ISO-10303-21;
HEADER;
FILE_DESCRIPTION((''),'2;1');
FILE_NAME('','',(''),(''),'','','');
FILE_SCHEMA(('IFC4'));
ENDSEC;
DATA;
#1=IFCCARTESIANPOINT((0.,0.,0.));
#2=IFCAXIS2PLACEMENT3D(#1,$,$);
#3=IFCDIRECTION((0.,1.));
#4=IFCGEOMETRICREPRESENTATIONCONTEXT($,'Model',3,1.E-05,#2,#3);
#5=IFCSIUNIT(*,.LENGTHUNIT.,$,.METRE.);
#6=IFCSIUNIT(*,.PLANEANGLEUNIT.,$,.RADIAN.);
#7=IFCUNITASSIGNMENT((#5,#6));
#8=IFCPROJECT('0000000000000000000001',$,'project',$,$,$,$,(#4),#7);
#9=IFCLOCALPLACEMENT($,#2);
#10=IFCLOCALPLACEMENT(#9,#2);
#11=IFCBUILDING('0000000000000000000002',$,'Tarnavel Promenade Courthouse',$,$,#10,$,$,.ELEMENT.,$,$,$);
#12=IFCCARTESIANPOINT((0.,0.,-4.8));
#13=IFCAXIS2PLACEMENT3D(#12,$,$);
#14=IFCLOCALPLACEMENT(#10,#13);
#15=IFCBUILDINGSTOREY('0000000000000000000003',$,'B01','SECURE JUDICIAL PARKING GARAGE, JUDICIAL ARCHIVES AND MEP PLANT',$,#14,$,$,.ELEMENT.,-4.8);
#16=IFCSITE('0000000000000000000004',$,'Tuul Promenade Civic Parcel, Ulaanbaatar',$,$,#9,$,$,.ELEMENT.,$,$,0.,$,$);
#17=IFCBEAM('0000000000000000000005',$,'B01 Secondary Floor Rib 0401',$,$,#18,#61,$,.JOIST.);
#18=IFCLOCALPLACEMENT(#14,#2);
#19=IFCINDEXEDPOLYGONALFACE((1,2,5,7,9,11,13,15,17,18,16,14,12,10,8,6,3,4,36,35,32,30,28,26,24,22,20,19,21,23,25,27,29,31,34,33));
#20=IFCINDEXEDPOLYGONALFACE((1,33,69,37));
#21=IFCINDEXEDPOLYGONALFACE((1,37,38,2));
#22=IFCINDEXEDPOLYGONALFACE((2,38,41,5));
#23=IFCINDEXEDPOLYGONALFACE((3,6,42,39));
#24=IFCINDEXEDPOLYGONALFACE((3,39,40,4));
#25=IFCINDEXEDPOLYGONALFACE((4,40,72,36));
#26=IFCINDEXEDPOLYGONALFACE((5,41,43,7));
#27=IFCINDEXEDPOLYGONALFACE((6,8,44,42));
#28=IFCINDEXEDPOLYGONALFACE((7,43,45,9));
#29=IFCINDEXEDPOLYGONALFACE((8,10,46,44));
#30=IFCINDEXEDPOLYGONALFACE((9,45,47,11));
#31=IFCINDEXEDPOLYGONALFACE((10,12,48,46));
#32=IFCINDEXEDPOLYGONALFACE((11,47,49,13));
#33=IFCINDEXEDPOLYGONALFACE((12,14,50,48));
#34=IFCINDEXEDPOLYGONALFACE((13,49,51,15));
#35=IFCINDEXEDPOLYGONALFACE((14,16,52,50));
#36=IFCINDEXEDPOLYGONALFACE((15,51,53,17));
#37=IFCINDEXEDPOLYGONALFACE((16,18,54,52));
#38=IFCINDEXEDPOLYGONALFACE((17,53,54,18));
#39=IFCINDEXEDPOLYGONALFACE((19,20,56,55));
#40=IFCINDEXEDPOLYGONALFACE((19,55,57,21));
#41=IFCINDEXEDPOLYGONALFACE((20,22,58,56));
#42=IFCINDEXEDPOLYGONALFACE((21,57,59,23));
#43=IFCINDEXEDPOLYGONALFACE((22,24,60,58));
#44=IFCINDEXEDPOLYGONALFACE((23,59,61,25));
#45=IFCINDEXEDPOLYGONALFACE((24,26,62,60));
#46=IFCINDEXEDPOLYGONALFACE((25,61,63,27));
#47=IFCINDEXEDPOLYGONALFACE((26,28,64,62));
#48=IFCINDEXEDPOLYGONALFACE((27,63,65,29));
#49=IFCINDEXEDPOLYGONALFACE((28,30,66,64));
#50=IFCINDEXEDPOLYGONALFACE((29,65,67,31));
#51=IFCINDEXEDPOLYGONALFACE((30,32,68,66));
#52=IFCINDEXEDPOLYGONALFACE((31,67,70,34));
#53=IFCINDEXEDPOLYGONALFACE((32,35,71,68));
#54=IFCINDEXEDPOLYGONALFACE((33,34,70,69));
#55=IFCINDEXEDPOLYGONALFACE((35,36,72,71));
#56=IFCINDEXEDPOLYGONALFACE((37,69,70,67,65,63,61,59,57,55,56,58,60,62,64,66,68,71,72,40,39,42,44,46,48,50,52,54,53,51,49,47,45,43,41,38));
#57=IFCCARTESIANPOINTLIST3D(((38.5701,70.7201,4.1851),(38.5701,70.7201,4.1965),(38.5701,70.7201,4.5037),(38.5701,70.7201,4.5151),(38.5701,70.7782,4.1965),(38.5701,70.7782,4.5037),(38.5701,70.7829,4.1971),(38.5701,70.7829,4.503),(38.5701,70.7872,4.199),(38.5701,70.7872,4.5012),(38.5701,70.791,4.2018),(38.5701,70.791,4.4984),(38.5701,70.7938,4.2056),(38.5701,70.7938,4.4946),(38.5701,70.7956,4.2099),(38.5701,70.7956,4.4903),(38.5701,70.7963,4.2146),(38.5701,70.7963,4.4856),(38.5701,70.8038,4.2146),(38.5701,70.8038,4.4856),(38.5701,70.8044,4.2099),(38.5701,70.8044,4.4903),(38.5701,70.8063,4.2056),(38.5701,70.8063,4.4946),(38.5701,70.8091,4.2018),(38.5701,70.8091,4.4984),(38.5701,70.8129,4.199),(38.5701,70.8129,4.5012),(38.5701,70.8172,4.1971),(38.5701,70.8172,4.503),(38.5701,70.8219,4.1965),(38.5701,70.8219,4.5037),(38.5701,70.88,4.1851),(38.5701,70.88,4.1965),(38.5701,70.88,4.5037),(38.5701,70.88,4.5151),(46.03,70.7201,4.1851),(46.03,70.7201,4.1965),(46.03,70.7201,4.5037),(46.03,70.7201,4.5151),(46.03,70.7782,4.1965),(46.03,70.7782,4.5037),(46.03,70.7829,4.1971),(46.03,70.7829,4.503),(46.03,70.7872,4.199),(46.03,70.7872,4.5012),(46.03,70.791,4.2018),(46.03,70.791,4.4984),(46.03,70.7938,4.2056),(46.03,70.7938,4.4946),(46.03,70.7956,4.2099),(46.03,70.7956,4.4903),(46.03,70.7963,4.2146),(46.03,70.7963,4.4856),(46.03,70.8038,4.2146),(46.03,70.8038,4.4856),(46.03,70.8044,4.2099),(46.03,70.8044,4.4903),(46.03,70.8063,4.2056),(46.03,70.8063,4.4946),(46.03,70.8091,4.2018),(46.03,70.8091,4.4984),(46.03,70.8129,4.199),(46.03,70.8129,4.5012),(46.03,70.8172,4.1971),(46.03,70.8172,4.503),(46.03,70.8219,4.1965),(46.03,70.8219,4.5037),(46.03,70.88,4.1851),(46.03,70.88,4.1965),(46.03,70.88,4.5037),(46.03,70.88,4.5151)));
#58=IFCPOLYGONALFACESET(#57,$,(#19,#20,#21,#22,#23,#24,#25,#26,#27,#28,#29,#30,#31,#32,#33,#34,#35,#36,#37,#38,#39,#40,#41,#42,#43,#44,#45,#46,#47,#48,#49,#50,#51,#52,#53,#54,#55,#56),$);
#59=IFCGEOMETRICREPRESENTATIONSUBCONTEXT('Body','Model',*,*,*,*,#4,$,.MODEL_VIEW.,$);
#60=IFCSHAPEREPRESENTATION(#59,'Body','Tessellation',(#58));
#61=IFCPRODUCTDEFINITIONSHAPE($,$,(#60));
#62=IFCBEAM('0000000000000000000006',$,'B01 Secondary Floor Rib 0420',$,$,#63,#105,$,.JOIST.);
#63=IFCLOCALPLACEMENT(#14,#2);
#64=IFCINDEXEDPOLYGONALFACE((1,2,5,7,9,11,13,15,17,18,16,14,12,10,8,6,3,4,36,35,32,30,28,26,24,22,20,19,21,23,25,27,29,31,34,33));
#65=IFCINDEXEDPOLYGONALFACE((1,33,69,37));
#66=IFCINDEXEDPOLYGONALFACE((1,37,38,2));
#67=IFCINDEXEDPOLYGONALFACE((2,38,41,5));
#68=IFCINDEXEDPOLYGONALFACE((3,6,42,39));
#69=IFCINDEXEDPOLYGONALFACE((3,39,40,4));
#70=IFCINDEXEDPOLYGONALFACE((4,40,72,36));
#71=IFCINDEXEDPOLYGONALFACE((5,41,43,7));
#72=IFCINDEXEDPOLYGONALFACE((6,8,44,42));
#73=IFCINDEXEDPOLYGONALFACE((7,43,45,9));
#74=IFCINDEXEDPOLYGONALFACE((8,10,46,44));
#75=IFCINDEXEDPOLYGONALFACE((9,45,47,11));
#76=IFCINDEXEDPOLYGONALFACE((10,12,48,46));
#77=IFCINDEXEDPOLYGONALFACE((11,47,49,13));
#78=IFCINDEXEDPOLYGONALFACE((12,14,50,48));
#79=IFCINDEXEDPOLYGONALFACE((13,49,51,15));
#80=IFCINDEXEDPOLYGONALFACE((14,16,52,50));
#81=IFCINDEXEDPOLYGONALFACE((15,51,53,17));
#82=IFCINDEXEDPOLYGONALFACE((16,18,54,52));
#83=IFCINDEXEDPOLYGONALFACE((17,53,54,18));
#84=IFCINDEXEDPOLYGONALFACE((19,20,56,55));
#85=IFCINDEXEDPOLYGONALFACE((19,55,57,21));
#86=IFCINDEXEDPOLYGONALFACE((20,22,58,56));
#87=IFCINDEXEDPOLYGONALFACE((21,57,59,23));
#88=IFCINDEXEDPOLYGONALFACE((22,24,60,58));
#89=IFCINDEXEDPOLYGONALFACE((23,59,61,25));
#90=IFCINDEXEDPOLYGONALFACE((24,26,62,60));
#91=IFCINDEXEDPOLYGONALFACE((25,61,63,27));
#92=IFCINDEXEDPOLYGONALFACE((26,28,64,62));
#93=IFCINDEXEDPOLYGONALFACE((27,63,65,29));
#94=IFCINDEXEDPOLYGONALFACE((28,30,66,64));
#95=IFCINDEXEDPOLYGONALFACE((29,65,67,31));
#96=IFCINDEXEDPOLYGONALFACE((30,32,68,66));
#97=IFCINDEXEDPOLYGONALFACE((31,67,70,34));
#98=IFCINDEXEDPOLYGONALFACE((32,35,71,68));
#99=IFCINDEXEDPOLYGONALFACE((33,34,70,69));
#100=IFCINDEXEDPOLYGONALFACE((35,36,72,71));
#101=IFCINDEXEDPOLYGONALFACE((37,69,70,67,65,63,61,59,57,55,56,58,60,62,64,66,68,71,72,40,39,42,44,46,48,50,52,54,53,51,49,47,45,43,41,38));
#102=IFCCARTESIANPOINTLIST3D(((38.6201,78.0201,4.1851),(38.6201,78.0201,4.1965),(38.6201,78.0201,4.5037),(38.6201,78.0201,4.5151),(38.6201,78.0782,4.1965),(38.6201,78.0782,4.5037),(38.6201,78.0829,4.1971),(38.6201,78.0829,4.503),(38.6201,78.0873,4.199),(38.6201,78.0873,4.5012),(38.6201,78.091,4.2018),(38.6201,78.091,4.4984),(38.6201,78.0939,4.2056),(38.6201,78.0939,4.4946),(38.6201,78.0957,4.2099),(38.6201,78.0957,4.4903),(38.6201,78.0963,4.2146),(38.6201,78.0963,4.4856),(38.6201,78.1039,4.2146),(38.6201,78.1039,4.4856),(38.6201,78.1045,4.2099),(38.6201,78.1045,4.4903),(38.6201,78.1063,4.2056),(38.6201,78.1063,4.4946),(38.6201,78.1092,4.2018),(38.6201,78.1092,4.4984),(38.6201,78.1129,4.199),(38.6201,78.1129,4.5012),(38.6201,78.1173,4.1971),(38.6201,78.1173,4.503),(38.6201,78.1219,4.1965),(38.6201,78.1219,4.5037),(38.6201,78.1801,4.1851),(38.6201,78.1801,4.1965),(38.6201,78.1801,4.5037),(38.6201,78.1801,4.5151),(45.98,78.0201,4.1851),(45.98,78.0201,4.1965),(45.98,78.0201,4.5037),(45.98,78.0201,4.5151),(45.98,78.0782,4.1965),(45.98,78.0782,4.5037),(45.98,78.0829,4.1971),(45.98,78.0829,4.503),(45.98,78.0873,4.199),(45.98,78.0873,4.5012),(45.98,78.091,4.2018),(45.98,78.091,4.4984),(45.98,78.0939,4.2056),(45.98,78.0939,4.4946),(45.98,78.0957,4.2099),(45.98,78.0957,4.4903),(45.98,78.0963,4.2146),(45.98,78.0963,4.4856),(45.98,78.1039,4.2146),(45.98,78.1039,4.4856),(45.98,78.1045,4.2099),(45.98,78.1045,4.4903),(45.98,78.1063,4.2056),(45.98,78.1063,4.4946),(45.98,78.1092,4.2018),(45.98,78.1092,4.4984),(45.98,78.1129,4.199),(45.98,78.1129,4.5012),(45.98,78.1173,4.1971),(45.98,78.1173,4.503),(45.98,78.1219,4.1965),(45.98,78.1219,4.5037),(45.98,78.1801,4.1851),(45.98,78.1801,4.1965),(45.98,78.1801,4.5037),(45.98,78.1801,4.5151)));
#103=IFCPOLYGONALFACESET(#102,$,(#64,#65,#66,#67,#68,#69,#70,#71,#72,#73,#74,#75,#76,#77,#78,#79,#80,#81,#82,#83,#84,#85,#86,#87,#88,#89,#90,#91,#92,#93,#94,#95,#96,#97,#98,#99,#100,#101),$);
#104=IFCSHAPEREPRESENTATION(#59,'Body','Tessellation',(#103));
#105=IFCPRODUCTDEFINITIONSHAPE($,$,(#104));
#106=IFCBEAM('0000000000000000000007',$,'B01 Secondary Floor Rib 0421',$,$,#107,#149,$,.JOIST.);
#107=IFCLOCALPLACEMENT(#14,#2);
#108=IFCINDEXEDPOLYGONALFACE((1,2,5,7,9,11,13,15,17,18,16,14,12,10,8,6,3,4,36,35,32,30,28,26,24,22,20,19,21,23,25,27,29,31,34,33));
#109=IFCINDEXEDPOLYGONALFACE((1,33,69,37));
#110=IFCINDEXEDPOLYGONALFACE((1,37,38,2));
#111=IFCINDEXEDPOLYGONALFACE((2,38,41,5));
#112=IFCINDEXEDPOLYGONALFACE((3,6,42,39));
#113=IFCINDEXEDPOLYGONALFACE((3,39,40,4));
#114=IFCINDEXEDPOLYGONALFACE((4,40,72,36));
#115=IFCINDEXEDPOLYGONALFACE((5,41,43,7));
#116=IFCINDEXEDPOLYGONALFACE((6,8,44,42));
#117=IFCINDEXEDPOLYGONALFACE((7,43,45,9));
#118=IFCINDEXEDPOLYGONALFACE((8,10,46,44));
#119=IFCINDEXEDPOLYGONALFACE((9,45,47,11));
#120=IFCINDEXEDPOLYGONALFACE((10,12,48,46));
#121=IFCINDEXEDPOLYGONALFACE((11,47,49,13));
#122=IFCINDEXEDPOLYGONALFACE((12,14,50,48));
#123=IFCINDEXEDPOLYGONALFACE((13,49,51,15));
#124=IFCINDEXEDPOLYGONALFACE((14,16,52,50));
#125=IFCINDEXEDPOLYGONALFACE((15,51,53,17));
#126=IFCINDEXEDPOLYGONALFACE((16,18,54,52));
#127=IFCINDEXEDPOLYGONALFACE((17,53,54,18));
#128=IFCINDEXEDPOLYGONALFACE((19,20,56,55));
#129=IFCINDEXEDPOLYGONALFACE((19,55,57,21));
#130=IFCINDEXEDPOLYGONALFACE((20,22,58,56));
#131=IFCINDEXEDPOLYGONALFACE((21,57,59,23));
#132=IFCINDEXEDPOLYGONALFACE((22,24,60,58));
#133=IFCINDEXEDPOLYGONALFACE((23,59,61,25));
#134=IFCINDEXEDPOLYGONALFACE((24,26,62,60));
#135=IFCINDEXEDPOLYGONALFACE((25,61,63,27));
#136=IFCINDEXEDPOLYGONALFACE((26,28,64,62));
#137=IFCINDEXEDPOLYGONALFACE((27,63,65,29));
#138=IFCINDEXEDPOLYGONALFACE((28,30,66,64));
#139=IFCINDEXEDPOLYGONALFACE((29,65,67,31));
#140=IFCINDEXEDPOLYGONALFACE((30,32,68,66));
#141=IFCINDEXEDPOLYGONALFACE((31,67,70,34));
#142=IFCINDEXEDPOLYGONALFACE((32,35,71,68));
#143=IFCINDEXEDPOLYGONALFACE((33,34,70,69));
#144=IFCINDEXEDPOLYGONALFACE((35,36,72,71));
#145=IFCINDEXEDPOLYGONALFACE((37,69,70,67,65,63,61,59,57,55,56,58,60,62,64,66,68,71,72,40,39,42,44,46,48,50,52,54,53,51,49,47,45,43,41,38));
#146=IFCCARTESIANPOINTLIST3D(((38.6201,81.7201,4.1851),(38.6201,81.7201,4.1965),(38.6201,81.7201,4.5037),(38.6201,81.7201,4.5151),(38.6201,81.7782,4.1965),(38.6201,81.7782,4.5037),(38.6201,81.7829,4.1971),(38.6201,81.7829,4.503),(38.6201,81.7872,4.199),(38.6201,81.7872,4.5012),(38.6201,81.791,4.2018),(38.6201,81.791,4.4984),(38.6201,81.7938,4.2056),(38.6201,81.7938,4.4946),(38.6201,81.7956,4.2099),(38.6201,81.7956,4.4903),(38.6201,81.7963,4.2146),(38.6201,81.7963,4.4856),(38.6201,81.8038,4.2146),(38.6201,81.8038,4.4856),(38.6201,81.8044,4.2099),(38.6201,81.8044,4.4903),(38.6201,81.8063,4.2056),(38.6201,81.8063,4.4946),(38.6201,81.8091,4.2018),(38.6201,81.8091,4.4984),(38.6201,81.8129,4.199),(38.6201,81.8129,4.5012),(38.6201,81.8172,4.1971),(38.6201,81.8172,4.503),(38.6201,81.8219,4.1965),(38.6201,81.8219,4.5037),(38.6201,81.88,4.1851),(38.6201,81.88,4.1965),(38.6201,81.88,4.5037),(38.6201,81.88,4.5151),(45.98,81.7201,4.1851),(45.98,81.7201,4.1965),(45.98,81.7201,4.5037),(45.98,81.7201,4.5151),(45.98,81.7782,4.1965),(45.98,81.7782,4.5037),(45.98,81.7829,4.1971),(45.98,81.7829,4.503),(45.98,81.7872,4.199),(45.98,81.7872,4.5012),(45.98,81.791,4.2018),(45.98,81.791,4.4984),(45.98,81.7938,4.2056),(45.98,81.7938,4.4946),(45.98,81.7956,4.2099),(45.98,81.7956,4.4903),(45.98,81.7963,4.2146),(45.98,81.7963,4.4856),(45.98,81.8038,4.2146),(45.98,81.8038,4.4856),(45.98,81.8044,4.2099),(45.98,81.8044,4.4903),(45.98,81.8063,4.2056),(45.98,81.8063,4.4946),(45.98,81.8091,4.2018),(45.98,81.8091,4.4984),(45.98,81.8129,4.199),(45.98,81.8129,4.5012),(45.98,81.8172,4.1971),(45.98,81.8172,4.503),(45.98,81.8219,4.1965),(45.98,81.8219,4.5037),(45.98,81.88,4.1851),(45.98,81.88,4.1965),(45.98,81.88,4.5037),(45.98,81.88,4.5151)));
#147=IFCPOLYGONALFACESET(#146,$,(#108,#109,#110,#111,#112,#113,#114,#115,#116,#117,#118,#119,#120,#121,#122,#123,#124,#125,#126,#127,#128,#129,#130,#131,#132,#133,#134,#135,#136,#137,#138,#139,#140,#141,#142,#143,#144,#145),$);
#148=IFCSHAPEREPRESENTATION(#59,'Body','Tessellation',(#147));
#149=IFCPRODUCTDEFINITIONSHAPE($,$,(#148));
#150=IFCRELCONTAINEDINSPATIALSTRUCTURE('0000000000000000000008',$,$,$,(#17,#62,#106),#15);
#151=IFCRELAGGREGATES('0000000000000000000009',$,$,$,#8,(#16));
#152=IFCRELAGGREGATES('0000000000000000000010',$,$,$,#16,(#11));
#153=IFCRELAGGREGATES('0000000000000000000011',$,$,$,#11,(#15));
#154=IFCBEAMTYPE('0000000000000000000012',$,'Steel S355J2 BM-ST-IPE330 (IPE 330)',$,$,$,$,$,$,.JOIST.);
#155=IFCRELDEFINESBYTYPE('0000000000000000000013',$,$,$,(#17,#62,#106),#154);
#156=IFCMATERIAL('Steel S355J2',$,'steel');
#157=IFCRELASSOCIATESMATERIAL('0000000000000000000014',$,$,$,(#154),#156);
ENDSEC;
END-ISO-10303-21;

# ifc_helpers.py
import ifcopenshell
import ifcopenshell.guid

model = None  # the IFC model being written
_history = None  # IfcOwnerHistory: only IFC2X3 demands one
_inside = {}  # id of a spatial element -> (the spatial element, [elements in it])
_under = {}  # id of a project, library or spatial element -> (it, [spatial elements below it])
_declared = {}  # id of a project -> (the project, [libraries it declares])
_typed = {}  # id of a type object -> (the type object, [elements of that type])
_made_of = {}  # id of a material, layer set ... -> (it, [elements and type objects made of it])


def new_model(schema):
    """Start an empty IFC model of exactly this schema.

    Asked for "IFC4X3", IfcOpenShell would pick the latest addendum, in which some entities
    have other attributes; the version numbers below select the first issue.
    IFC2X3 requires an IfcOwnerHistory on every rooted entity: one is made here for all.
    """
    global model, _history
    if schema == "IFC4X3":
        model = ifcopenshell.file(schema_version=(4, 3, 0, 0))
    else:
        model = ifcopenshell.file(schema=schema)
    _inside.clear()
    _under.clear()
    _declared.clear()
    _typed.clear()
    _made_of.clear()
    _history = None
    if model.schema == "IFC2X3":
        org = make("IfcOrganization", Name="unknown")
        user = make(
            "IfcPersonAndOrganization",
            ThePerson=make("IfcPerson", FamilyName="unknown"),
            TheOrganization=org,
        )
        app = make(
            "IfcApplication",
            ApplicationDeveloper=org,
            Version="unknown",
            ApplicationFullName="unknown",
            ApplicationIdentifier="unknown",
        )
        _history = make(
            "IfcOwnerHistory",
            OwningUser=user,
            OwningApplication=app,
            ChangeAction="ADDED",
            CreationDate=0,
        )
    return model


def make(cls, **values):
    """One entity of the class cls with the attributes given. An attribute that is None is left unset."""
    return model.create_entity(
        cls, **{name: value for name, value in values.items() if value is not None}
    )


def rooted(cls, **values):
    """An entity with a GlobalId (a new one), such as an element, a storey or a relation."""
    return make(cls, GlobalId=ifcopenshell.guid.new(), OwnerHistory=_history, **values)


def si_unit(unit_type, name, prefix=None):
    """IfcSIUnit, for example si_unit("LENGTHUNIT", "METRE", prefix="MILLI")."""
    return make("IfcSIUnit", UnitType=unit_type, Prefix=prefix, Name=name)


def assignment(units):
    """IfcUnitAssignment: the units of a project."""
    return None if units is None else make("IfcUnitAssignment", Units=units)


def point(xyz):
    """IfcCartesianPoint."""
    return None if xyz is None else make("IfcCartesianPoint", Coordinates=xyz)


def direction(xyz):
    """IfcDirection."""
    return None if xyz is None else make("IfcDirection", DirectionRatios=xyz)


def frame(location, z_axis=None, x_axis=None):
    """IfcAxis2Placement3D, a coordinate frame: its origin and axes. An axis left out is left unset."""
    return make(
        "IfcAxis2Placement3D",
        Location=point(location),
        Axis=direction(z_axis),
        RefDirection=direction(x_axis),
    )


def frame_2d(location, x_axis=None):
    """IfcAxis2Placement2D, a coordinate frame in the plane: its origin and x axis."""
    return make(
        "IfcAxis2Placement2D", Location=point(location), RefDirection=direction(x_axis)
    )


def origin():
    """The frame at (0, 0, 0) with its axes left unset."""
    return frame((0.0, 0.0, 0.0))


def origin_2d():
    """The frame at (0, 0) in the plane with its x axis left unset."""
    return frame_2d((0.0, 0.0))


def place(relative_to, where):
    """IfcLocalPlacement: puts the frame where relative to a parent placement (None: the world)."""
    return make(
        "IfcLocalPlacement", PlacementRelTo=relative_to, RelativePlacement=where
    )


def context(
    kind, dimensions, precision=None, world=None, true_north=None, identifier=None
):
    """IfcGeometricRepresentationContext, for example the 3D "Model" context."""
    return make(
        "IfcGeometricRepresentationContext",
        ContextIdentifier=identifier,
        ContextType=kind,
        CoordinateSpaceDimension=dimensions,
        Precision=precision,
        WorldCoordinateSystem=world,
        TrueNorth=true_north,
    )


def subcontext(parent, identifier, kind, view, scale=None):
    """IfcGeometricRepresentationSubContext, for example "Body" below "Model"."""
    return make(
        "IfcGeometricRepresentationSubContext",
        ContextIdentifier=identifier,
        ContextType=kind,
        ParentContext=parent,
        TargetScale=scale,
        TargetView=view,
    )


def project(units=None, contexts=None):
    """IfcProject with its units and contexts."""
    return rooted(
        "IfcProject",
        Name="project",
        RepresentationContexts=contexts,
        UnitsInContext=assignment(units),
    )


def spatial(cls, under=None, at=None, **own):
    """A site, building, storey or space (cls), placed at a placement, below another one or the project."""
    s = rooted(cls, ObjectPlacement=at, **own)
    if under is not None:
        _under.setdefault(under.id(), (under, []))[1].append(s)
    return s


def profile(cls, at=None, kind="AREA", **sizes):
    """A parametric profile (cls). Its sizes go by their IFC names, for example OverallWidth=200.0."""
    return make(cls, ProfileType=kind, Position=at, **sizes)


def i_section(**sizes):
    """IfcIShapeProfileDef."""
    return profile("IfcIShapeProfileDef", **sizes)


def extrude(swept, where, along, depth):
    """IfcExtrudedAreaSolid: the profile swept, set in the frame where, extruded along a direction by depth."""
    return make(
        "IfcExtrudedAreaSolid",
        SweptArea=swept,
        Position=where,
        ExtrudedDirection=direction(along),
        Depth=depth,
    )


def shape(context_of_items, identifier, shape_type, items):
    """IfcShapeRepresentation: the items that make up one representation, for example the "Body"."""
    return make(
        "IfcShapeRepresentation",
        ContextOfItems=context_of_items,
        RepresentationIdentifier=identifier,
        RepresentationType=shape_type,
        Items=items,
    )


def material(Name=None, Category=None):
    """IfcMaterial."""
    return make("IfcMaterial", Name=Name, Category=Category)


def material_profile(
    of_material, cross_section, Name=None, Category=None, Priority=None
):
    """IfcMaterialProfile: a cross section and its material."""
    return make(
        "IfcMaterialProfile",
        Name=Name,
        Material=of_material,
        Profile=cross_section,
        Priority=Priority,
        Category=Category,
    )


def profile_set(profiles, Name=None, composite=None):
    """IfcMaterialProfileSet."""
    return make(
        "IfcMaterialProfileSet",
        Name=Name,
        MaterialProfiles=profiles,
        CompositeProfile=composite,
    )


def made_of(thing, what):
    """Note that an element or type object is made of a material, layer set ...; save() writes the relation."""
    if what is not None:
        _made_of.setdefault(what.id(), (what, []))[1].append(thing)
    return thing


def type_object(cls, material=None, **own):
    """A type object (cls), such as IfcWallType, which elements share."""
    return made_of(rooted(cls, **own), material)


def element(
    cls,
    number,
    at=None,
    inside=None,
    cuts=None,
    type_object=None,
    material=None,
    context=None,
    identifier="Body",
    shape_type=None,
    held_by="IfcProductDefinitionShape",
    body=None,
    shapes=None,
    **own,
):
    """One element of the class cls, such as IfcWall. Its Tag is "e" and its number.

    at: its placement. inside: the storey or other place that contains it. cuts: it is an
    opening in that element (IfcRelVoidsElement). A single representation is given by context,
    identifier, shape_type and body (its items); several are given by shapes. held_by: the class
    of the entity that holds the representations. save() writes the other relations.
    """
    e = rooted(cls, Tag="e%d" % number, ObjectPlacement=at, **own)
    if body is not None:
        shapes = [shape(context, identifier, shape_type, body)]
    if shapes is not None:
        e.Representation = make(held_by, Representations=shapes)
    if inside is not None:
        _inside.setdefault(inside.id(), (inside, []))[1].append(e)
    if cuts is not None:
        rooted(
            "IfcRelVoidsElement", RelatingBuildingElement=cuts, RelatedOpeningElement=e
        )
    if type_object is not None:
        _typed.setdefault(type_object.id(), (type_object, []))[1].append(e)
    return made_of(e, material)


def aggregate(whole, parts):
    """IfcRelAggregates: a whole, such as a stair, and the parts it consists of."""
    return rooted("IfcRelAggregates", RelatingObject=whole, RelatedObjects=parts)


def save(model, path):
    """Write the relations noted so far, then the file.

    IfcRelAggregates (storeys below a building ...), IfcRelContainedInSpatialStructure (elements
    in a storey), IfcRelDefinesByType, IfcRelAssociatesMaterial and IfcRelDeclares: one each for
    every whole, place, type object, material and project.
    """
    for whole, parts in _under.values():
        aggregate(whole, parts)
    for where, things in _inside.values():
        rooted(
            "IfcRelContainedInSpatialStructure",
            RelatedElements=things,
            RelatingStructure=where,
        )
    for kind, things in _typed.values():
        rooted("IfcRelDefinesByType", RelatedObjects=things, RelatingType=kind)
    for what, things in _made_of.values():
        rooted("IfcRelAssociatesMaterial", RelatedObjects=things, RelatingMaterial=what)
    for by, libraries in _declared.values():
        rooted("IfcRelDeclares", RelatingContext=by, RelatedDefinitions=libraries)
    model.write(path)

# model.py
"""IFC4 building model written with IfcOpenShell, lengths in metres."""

from ifc_helpers import new_model, si_unit, direction, frame, origin, origin_2d, place, context, subcontext, project, spatial, i_section, extrude, material, material_profile, profile_set, type_object, element, save


model = new_model("IFC4")

# Units and contexts
model_context = context("Model", 3, precision=1e-05, world=origin(), true_north=direction((0.0, 1.0)))
body_context = subcontext(model_context, "Body", "Model", "MODEL_VIEW")
ifc_project = project(units=[si_unit("LENGTHUNIT", "METRE"), si_unit("PLANEANGLEUNIT", "RADIAN")], contexts=[model_context])

# Site, building, storey
site_placement = place(None, origin())
site = spatial("IfcSite", under=ifc_project, at=site_placement, Name="Tuul Promenade Civic Parcel, Ulaanbaatar", CompositionType="ELEMENT", RefElevation=0.0)
building_placement = place(site_placement, origin())
building = spatial("IfcBuilding", under=site, at=building_placement, Name="Tarnavel Promenade Courthouse", CompositionType="ELEMENT")
storey_placement = place(building_placement, frame((0.0, 0.0, -4.8)))
storey = spatial("IfcBuildingStorey", under=building, at=storey_placement, Name="B01", Description="SECURE JUDICIAL PARKING GARAGE, JUDICIAL ARCHIVES AND MEP PLANT", CompositionType="ELEMENT", Elevation=-4.8)

# Beams
ifc_material_1 = material(Name="Steel S355J2", Category="steel")
ifc_material_profile_1 = material_profile(ifc_material_1, i_section(OverallWidth=0.1599, OverallDepth=0.3301, WebThickness=0.0076, FlangeThickness=0.0115, FilletRadius=0.0181, at=origin_2d()), Name="IPE 330")
ifc_profile_set_1 = profile_set([ifc_material_profile_1], Name="Steel S355J2")
beam_type_1 = type_object("IfcBeamType", Name="Steel S355J2 BM-ST-IPE330 (IPE 330)", PredefinedType="JOIST", material=ifc_profile_set_1)
beam_1_placement = place(storey_placement, frame((38.5701, 70.8, 4.3501), z_axis=(1.0, 0.0, 0.0), x_axis=(0.0, 1.0, 0.0)))
element("IfcBeam", 1, at=beam_1_placement, inside=storey, type_object=beam_type_1, Name="B01 Secondary Floor Rib 0401", PredefinedType="JOIST", context=body_context, shape_type="SweptSolid", body=[
    extrude(i_section(OverallWidth=0.1599, OverallDepth=0.3301, WebThickness=0.0076, FlangeThickness=0.0115, FilletRadius=0.0181, at=origin_2d()), origin(), (0.0, 0.0, 1.0), 7.46),
])
for number, where, z_axis, x_axis, name in (
    (2, (38.6201, 78.1001, 4.3501), (1.0, 0.0, 0.0), (0.0, 1.0, 0.0), "B01 Secondary Floor Rib 0420"),
    (3, (38.6201, 81.8, 4.3501), (1.0, 0.0, 0.0), (0.0, 1.0, 0.0), "B01 Secondary Floor Rib 0421"),
):
    element("IfcBeam", number, at=place(storey_placement, frame(where, z_axis=z_axis, x_axis=x_axis)), inside=storey, type_object=beam_type_1, Name=name, PredefinedType="JOIST", context=body_context, shape_type="SweptSolid", body=[
        extrude(i_section(OverallWidth=0.1599, OverallDepth=0.3301, WebThickness=0.0076, FlangeThickness=0.0115, FilletRadius=0.0181, at=origin_2d()), origin(), (0.0, 0.0, 1.0), 7.3599),
    ])

save(model, "model.ifc")
